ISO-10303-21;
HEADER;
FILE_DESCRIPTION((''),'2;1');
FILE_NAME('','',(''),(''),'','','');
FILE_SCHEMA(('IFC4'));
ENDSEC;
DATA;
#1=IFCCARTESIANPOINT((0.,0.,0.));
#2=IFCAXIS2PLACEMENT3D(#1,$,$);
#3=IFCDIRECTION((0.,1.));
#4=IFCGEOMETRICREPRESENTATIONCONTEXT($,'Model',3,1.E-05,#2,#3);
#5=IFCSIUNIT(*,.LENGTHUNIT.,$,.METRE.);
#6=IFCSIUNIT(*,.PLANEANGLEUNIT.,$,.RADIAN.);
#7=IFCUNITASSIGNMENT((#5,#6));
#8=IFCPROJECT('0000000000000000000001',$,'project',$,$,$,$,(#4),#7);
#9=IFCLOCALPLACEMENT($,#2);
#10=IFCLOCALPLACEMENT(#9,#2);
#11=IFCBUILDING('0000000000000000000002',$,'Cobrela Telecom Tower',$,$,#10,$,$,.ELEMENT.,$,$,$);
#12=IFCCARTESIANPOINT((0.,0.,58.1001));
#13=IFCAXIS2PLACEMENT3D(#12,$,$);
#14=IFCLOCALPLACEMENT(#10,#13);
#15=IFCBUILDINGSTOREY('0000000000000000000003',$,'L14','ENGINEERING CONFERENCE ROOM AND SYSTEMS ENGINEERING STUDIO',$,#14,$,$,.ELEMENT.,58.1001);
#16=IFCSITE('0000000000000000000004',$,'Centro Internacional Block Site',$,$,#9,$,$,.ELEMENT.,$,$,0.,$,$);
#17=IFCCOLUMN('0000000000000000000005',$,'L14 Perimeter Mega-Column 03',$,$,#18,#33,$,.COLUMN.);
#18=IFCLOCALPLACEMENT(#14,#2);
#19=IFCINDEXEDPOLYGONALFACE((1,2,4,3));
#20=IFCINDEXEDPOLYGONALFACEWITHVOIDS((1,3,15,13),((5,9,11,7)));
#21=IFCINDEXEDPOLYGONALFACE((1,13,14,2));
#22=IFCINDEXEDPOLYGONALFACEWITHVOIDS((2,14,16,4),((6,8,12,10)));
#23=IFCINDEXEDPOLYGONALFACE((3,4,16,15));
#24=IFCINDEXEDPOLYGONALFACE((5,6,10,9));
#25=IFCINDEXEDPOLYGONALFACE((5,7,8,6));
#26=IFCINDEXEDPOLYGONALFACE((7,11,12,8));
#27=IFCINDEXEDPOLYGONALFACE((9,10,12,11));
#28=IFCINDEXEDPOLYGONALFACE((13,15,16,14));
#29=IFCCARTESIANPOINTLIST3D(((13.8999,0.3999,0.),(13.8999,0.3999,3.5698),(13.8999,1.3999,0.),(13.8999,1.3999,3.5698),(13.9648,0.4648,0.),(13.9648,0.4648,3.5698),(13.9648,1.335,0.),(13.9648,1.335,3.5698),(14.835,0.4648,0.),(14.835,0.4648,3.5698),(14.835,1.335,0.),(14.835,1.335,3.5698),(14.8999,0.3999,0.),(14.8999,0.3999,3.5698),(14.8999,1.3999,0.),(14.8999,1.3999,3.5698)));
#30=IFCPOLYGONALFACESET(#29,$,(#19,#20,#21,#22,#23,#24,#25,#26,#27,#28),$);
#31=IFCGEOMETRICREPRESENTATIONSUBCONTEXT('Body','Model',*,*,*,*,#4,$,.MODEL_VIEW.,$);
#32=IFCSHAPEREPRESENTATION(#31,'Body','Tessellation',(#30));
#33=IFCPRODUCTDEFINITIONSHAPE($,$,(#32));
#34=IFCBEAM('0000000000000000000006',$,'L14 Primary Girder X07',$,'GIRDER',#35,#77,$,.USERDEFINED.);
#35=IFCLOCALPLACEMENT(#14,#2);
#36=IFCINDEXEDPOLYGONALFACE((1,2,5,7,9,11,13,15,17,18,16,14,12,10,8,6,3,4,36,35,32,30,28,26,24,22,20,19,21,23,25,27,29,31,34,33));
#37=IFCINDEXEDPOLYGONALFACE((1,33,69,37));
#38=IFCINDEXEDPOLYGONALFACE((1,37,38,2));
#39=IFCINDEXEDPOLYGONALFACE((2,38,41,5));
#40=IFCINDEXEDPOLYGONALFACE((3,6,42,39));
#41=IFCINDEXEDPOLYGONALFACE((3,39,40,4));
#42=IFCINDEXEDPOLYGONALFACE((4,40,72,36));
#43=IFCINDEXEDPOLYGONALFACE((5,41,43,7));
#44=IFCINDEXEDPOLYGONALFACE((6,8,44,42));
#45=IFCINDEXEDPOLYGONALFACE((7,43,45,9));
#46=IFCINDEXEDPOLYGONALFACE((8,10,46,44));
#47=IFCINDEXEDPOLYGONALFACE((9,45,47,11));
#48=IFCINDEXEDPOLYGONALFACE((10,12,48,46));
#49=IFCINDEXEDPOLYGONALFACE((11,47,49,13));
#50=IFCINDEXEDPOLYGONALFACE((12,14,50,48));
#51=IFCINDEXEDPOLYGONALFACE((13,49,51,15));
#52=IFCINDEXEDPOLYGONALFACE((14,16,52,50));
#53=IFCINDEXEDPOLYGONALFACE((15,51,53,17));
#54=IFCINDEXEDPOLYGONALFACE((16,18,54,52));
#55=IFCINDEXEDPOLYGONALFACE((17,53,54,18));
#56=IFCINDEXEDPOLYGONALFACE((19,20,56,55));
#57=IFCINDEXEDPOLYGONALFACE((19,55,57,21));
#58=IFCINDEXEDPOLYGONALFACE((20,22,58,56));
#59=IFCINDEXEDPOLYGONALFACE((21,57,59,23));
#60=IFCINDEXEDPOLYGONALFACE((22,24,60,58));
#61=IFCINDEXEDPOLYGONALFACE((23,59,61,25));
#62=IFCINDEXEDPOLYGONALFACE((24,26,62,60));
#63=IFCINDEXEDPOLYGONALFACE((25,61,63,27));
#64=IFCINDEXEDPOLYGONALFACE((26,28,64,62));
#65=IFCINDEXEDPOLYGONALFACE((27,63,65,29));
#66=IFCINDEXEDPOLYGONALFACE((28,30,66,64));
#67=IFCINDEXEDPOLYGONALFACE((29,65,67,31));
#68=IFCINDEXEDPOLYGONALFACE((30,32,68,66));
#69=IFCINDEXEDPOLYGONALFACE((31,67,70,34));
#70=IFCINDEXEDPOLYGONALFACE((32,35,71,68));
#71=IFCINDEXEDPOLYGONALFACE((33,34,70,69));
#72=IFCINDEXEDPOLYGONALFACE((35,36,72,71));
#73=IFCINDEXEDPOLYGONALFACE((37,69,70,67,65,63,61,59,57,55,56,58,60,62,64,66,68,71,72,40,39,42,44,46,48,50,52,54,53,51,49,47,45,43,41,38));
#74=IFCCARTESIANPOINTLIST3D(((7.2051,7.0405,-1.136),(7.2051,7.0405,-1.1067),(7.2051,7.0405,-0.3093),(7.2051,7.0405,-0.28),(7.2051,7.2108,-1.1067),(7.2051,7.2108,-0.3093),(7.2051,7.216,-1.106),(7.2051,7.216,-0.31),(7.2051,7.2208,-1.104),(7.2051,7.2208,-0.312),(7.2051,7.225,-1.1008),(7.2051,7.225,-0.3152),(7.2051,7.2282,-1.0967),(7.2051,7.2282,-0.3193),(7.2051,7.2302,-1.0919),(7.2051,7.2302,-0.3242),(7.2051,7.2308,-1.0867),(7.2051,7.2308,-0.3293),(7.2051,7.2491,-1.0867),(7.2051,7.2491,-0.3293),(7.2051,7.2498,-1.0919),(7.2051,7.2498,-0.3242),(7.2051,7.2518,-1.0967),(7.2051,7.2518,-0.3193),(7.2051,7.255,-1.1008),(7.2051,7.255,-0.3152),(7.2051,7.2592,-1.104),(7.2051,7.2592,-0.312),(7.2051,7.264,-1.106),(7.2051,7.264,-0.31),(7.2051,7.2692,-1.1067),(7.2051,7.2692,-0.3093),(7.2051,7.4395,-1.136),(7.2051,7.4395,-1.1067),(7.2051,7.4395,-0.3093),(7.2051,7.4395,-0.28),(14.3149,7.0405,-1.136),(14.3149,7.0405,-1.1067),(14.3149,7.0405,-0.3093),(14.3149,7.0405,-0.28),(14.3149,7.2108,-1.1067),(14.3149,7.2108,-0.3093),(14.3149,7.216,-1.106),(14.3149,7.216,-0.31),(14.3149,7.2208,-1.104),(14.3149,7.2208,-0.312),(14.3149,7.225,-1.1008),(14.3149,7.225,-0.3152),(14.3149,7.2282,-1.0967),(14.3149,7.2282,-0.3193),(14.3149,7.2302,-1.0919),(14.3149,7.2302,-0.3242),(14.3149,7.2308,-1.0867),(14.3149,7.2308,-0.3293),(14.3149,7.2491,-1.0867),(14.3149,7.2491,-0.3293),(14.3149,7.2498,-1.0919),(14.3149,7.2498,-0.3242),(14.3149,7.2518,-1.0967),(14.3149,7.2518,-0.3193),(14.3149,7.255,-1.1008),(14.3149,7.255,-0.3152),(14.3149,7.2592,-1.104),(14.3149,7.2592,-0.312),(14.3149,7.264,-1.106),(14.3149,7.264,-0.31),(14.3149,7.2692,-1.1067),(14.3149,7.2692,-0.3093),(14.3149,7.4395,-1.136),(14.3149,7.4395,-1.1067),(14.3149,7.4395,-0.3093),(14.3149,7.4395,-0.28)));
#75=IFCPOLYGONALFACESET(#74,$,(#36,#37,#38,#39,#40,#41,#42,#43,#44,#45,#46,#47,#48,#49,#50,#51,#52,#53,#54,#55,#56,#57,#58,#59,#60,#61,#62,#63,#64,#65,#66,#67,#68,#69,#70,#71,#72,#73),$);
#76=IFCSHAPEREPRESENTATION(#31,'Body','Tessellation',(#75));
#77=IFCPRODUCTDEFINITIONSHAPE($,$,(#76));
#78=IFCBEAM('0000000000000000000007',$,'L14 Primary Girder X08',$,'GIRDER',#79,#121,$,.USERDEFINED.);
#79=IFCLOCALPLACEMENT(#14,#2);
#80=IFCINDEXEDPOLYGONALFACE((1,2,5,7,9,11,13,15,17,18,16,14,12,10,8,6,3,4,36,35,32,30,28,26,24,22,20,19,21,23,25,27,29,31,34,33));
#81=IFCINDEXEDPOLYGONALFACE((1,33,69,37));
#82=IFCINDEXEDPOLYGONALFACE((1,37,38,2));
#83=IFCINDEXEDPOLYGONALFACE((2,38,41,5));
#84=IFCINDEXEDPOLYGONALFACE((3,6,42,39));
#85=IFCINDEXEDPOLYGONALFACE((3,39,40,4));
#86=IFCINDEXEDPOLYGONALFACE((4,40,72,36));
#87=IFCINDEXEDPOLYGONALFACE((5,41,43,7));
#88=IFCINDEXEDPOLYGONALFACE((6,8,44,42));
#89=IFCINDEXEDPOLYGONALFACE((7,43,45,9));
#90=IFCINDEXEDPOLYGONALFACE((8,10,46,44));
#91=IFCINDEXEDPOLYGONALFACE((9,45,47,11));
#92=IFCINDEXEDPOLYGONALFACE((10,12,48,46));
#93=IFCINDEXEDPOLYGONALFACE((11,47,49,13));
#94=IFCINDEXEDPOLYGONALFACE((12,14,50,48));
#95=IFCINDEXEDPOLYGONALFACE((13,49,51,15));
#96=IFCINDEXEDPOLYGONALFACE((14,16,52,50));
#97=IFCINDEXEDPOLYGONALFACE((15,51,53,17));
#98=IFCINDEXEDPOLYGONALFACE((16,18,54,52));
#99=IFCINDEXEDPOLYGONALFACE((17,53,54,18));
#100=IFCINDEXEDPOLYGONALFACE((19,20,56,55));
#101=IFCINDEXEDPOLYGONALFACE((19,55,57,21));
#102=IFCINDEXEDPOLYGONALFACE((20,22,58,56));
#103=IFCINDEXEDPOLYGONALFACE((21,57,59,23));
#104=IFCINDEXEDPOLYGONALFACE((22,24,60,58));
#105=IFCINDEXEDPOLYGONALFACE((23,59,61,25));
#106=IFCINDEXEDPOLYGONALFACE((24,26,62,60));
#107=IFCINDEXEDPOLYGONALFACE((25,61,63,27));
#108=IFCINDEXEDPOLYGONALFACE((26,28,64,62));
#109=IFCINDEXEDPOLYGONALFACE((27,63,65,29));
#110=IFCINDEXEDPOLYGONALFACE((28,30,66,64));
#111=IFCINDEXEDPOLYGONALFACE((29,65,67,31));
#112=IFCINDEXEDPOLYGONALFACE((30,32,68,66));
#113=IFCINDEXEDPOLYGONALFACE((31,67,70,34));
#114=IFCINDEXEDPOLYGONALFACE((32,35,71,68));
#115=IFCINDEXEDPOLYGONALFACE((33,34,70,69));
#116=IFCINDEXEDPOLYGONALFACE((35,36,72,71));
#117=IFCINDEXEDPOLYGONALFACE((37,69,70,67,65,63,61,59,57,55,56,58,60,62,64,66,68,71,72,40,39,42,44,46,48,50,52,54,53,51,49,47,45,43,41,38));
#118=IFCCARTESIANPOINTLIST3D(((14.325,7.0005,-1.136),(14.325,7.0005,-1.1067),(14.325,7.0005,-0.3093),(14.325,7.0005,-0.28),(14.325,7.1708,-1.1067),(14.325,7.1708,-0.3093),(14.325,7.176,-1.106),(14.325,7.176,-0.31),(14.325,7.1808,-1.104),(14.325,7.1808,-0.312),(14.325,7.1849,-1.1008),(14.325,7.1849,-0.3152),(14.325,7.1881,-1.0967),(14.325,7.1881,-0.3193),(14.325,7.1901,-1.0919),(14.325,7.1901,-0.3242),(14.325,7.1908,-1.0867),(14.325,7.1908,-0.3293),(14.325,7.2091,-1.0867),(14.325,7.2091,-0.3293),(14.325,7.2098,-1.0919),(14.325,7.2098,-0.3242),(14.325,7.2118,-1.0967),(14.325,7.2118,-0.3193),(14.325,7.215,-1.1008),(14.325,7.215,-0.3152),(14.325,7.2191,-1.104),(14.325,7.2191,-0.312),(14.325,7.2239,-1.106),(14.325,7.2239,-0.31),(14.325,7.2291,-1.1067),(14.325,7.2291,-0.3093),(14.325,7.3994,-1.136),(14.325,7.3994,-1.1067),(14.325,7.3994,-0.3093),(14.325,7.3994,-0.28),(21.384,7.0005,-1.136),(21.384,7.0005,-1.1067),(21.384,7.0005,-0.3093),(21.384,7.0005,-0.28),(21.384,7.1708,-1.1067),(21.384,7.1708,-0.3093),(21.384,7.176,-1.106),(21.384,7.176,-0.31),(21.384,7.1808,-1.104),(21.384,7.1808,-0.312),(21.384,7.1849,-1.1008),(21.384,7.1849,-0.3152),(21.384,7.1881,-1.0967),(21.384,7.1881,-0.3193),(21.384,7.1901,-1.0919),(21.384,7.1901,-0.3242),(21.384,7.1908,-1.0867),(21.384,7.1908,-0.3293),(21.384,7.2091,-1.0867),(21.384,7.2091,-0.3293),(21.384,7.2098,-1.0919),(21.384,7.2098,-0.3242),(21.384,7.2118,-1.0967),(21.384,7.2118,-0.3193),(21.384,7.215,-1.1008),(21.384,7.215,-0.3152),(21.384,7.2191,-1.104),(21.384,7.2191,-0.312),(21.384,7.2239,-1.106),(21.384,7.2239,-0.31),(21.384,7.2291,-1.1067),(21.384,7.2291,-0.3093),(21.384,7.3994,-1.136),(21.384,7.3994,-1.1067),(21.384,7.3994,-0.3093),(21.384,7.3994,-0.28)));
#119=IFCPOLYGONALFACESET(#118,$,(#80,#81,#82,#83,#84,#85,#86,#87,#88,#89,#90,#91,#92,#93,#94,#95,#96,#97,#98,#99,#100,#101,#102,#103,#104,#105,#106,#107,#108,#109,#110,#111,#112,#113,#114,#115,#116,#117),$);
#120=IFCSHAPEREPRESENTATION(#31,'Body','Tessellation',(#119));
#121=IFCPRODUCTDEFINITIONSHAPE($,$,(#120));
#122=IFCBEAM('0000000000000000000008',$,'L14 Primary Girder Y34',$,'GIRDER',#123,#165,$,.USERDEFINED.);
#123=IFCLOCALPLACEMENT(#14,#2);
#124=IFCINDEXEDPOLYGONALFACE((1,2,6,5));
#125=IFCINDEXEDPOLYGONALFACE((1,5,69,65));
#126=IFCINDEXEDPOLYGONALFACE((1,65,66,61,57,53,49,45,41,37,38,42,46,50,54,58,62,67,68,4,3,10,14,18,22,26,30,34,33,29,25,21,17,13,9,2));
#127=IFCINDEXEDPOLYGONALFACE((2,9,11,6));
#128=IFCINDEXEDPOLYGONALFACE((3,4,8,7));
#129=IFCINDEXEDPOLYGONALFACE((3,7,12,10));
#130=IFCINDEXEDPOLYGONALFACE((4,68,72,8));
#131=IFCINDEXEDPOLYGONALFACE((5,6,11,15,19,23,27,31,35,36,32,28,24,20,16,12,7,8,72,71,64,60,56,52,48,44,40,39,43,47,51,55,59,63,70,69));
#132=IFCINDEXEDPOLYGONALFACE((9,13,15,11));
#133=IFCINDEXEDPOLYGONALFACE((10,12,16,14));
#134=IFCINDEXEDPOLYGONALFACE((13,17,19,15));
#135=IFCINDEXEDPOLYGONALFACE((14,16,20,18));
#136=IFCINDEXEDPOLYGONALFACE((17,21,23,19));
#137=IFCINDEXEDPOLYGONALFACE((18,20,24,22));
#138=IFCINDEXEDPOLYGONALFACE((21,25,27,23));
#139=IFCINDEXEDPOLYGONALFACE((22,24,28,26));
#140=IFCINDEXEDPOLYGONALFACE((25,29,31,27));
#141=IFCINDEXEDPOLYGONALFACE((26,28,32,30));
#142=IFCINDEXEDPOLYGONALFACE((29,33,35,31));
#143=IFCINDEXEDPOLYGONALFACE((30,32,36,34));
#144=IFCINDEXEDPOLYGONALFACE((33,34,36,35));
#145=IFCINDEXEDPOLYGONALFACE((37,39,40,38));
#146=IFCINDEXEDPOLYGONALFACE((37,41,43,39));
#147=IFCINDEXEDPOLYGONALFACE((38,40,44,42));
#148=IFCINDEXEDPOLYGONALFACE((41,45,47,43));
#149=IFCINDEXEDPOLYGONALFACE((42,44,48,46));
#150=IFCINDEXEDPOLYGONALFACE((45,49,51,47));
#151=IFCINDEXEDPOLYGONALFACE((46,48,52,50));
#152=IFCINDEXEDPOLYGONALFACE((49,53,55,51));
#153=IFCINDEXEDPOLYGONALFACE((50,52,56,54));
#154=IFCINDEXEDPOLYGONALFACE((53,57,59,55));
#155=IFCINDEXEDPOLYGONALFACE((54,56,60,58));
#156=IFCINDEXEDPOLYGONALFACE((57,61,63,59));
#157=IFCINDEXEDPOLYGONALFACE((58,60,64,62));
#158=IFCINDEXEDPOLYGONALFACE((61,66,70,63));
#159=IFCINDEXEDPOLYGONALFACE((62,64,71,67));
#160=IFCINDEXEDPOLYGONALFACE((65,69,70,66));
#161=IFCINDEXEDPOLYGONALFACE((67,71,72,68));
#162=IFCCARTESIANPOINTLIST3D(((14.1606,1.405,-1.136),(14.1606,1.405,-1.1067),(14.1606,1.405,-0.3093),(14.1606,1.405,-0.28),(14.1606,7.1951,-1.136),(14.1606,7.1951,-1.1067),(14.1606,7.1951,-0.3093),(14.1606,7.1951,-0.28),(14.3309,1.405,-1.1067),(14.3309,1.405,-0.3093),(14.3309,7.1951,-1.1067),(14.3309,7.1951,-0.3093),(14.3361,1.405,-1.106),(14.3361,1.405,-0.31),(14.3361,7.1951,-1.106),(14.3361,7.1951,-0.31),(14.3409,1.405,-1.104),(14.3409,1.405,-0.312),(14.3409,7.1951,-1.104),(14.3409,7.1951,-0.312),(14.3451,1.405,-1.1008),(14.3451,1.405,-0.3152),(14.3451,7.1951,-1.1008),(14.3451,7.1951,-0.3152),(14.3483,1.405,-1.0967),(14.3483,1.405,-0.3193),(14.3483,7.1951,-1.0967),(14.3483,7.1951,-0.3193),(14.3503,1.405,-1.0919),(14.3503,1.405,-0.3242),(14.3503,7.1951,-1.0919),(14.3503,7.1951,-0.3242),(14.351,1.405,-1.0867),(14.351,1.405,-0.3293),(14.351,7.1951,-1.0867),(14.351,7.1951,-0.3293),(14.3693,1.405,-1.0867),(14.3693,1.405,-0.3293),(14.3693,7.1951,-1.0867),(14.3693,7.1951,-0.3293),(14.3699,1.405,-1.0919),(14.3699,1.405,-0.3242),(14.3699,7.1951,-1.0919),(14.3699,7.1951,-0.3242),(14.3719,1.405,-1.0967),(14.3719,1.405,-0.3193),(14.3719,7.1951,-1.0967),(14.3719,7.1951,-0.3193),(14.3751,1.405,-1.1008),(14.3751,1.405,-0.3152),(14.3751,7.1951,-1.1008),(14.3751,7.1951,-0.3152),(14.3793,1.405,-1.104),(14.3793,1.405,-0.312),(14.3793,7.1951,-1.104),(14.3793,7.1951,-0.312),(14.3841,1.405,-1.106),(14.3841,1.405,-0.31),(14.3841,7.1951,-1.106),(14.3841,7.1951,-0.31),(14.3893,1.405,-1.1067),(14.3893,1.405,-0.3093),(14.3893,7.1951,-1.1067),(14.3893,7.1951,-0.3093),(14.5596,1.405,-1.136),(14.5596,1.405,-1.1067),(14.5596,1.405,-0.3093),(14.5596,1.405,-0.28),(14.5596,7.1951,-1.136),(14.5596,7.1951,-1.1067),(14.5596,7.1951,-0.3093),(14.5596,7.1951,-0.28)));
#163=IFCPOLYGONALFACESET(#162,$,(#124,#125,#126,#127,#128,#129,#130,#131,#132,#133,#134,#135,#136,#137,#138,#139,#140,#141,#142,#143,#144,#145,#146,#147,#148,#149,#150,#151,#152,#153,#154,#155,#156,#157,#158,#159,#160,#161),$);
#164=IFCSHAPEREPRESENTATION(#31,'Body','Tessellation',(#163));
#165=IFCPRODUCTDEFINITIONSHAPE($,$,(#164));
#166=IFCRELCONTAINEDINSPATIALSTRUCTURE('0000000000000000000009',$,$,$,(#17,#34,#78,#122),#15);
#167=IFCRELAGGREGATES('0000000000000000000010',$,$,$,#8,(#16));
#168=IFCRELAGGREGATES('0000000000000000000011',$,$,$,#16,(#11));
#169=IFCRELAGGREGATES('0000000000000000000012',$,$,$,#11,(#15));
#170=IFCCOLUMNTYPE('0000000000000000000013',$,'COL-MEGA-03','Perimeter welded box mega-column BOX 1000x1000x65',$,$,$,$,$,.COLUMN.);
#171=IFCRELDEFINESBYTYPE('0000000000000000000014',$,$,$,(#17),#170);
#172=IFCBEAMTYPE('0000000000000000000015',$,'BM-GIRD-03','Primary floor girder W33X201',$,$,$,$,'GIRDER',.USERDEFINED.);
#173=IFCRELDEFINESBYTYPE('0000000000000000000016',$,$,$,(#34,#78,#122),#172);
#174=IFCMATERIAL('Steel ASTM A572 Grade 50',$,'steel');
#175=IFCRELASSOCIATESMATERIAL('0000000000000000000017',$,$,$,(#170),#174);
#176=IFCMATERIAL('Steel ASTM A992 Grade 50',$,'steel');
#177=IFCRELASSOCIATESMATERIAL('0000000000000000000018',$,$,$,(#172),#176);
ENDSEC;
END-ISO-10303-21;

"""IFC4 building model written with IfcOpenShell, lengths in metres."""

from ifc_helpers import new_model, si_unit, direction, frame, origin, origin_2d, place, context, subcontext, project, spatial, hollow_rectangle, i_section, extrude, material, material_profile, profile_set, type_object, element, save


model = new_model("IFC4")

# Units and contexts
model_context = context("Model", 3, precision=1e-05, world=origin(), true_north=direction((0.0, 1.0)))
body_context = subcontext(model_context, "Body", "Model", "MODEL_VIEW")
ifc_project = project(units=[si_unit("LENGTHUNIT", "METRE"), si_unit("PLANEANGLEUNIT", "RADIAN")], contexts=[model_context])

# Site, building, storey
site_placement = place(None, origin())
site = spatial("IfcSite", under=ifc_project, at=site_placement, Name="Centro Internacional Block Site", CompositionType="ELEMENT", RefElevation=0.0)
building_placement = place(site_placement, origin())
building = spatial("IfcBuilding", under=site, at=building_placement, Name="Cobrela Telecom Tower", CompositionType="ELEMENT")
storey_placement = place(building_placement, frame((0.0, 0.0, 58.1001)))
storey = spatial("IfcBuildingStorey", under=building, at=storey_placement, Name="L14", Description="ENGINEERING CONFERENCE ROOM AND SYSTEMS ENGINEERING STUDIO", CompositionType="ELEMENT", Elevation=58.1001)

# Column
ifc_material_1 = material(Name="Steel ASTM A572 Grade 50", Category="steel")
ifc_material_profile_1 = material_profile(ifc_material_1, hollow_rectangle(XDim=1.0, YDim=1.0, WallThickness=0.0649, at=origin_2d()), Name="BOX 1000x1000x65")
ifc_profile_set_1 = profile_set([ifc_material_profile_1], Name="Steel ASTM A572 Grade 50")
column_type = type_object("IfcColumnType", Name="COL-MEGA-03", Description="Perimeter welded box mega-column BOX 1000x1000x65", PredefinedType="COLUMN", material=ifc_profile_set_1)
column_placement = place(storey_placement, frame((14.3999, 0.8999, 0.0), z_axis=(0.0, 0.0, 1.0), x_axis=(1.0, 0.0, 0.0)))
element("IfcColumn", 1, at=column_placement, inside=storey, type_object=column_type, Name="L14 Perimeter Mega-Column 03", PredefinedType="COLUMN", context=body_context, shape_type="SweptSolid", body=[
    extrude(hollow_rectangle(XDim=1.0, YDim=1.0, WallThickness=0.0649, at=origin_2d()), origin(), (0.0, 0.0, 1.0), 3.5698),
])

# Beams
ifc_material_2 = material(Name="Steel ASTM A992 Grade 50", Category="steel")
ifc_material_profile_2 = material_profile(ifc_material_2, i_section(OverallWidth=0.3989, OverallDepth=0.856, WebThickness=0.0183, FlangeThickness=0.0293, FilletRadius=0.02, at=origin_2d()), Name="W33X201")
ifc_profile_set_2 = profile_set([ifc_material_profile_2], Name="Steel ASTM A992 Grade 50")
beam_type_1 = type_object("IfcBeamType", Name="BM-GIRD-03", Description="Primary floor girder W33X201", ElementType="GIRDER", PredefinedType="USERDEFINED", material=ifc_profile_set_2)
beam_1_placement = place(storey_placement, frame((7.2051, 7.24, -0.708), z_axis=(1.0, 0.0, 0.0), x_axis=(0.0, 1.0, 0.0)))
element("IfcBeam", 2, at=beam_1_placement, inside=storey, type_object=beam_type_1, Name="L14 Primary Girder X07", ObjectType="GIRDER", PredefinedType="USERDEFINED", context=body_context, shape_type="SweptSolid", body=[
    extrude(i_section(OverallWidth=0.3989, OverallDepth=0.856, WebThickness=0.0183, FlangeThickness=0.0293, FilletRadius=0.02, at=origin_2d()), origin(), (0.0, 0.0, 1.0), 7.1099),
])
beam_2_placement = place(storey_placement, frame((14.325, 7.2, -0.708), z_axis=(1.0, 0.0, 0.0), x_axis=(0.0, 1.0, 0.0)))
element("IfcBeam", 3, at=beam_2_placement, inside=storey, type_object=beam_type_1, Name="L14 Primary Girder X08", ObjectType="GIRDER", PredefinedType="USERDEFINED", context=body_context, shape_type="SweptSolid", body=[
    extrude(i_section(OverallWidth=0.3989, OverallDepth=0.856, WebThickness=0.0183, FlangeThickness=0.0293, FilletRadius=0.02, at=origin_2d()), origin(), (0.0, 0.0, 1.0), 7.0591),
])
beam_3_placement = place(storey_placement, frame((14.3601, 1.405, -0.708), z_axis=(0.0, 1.0, 0.0), x_axis=(-1.0, 0.0, 0.0)))
element("IfcBeam", 4, at=beam_3_placement, inside=storey, type_object=beam_type_1, Name="L14 Primary Girder Y34", ObjectType="GIRDER", PredefinedType="USERDEFINED", context=body_context, shape_type="SweptSolid", body=[
    extrude(i_section(OverallWidth=0.3989, OverallDepth=0.856, WebThickness=0.0183, FlangeThickness=0.0293, FilletRadius=0.02, at=origin_2d()), origin(), (0.0, 0.0, 1.0), 5.79),
])

save(model, "model.ifc")
